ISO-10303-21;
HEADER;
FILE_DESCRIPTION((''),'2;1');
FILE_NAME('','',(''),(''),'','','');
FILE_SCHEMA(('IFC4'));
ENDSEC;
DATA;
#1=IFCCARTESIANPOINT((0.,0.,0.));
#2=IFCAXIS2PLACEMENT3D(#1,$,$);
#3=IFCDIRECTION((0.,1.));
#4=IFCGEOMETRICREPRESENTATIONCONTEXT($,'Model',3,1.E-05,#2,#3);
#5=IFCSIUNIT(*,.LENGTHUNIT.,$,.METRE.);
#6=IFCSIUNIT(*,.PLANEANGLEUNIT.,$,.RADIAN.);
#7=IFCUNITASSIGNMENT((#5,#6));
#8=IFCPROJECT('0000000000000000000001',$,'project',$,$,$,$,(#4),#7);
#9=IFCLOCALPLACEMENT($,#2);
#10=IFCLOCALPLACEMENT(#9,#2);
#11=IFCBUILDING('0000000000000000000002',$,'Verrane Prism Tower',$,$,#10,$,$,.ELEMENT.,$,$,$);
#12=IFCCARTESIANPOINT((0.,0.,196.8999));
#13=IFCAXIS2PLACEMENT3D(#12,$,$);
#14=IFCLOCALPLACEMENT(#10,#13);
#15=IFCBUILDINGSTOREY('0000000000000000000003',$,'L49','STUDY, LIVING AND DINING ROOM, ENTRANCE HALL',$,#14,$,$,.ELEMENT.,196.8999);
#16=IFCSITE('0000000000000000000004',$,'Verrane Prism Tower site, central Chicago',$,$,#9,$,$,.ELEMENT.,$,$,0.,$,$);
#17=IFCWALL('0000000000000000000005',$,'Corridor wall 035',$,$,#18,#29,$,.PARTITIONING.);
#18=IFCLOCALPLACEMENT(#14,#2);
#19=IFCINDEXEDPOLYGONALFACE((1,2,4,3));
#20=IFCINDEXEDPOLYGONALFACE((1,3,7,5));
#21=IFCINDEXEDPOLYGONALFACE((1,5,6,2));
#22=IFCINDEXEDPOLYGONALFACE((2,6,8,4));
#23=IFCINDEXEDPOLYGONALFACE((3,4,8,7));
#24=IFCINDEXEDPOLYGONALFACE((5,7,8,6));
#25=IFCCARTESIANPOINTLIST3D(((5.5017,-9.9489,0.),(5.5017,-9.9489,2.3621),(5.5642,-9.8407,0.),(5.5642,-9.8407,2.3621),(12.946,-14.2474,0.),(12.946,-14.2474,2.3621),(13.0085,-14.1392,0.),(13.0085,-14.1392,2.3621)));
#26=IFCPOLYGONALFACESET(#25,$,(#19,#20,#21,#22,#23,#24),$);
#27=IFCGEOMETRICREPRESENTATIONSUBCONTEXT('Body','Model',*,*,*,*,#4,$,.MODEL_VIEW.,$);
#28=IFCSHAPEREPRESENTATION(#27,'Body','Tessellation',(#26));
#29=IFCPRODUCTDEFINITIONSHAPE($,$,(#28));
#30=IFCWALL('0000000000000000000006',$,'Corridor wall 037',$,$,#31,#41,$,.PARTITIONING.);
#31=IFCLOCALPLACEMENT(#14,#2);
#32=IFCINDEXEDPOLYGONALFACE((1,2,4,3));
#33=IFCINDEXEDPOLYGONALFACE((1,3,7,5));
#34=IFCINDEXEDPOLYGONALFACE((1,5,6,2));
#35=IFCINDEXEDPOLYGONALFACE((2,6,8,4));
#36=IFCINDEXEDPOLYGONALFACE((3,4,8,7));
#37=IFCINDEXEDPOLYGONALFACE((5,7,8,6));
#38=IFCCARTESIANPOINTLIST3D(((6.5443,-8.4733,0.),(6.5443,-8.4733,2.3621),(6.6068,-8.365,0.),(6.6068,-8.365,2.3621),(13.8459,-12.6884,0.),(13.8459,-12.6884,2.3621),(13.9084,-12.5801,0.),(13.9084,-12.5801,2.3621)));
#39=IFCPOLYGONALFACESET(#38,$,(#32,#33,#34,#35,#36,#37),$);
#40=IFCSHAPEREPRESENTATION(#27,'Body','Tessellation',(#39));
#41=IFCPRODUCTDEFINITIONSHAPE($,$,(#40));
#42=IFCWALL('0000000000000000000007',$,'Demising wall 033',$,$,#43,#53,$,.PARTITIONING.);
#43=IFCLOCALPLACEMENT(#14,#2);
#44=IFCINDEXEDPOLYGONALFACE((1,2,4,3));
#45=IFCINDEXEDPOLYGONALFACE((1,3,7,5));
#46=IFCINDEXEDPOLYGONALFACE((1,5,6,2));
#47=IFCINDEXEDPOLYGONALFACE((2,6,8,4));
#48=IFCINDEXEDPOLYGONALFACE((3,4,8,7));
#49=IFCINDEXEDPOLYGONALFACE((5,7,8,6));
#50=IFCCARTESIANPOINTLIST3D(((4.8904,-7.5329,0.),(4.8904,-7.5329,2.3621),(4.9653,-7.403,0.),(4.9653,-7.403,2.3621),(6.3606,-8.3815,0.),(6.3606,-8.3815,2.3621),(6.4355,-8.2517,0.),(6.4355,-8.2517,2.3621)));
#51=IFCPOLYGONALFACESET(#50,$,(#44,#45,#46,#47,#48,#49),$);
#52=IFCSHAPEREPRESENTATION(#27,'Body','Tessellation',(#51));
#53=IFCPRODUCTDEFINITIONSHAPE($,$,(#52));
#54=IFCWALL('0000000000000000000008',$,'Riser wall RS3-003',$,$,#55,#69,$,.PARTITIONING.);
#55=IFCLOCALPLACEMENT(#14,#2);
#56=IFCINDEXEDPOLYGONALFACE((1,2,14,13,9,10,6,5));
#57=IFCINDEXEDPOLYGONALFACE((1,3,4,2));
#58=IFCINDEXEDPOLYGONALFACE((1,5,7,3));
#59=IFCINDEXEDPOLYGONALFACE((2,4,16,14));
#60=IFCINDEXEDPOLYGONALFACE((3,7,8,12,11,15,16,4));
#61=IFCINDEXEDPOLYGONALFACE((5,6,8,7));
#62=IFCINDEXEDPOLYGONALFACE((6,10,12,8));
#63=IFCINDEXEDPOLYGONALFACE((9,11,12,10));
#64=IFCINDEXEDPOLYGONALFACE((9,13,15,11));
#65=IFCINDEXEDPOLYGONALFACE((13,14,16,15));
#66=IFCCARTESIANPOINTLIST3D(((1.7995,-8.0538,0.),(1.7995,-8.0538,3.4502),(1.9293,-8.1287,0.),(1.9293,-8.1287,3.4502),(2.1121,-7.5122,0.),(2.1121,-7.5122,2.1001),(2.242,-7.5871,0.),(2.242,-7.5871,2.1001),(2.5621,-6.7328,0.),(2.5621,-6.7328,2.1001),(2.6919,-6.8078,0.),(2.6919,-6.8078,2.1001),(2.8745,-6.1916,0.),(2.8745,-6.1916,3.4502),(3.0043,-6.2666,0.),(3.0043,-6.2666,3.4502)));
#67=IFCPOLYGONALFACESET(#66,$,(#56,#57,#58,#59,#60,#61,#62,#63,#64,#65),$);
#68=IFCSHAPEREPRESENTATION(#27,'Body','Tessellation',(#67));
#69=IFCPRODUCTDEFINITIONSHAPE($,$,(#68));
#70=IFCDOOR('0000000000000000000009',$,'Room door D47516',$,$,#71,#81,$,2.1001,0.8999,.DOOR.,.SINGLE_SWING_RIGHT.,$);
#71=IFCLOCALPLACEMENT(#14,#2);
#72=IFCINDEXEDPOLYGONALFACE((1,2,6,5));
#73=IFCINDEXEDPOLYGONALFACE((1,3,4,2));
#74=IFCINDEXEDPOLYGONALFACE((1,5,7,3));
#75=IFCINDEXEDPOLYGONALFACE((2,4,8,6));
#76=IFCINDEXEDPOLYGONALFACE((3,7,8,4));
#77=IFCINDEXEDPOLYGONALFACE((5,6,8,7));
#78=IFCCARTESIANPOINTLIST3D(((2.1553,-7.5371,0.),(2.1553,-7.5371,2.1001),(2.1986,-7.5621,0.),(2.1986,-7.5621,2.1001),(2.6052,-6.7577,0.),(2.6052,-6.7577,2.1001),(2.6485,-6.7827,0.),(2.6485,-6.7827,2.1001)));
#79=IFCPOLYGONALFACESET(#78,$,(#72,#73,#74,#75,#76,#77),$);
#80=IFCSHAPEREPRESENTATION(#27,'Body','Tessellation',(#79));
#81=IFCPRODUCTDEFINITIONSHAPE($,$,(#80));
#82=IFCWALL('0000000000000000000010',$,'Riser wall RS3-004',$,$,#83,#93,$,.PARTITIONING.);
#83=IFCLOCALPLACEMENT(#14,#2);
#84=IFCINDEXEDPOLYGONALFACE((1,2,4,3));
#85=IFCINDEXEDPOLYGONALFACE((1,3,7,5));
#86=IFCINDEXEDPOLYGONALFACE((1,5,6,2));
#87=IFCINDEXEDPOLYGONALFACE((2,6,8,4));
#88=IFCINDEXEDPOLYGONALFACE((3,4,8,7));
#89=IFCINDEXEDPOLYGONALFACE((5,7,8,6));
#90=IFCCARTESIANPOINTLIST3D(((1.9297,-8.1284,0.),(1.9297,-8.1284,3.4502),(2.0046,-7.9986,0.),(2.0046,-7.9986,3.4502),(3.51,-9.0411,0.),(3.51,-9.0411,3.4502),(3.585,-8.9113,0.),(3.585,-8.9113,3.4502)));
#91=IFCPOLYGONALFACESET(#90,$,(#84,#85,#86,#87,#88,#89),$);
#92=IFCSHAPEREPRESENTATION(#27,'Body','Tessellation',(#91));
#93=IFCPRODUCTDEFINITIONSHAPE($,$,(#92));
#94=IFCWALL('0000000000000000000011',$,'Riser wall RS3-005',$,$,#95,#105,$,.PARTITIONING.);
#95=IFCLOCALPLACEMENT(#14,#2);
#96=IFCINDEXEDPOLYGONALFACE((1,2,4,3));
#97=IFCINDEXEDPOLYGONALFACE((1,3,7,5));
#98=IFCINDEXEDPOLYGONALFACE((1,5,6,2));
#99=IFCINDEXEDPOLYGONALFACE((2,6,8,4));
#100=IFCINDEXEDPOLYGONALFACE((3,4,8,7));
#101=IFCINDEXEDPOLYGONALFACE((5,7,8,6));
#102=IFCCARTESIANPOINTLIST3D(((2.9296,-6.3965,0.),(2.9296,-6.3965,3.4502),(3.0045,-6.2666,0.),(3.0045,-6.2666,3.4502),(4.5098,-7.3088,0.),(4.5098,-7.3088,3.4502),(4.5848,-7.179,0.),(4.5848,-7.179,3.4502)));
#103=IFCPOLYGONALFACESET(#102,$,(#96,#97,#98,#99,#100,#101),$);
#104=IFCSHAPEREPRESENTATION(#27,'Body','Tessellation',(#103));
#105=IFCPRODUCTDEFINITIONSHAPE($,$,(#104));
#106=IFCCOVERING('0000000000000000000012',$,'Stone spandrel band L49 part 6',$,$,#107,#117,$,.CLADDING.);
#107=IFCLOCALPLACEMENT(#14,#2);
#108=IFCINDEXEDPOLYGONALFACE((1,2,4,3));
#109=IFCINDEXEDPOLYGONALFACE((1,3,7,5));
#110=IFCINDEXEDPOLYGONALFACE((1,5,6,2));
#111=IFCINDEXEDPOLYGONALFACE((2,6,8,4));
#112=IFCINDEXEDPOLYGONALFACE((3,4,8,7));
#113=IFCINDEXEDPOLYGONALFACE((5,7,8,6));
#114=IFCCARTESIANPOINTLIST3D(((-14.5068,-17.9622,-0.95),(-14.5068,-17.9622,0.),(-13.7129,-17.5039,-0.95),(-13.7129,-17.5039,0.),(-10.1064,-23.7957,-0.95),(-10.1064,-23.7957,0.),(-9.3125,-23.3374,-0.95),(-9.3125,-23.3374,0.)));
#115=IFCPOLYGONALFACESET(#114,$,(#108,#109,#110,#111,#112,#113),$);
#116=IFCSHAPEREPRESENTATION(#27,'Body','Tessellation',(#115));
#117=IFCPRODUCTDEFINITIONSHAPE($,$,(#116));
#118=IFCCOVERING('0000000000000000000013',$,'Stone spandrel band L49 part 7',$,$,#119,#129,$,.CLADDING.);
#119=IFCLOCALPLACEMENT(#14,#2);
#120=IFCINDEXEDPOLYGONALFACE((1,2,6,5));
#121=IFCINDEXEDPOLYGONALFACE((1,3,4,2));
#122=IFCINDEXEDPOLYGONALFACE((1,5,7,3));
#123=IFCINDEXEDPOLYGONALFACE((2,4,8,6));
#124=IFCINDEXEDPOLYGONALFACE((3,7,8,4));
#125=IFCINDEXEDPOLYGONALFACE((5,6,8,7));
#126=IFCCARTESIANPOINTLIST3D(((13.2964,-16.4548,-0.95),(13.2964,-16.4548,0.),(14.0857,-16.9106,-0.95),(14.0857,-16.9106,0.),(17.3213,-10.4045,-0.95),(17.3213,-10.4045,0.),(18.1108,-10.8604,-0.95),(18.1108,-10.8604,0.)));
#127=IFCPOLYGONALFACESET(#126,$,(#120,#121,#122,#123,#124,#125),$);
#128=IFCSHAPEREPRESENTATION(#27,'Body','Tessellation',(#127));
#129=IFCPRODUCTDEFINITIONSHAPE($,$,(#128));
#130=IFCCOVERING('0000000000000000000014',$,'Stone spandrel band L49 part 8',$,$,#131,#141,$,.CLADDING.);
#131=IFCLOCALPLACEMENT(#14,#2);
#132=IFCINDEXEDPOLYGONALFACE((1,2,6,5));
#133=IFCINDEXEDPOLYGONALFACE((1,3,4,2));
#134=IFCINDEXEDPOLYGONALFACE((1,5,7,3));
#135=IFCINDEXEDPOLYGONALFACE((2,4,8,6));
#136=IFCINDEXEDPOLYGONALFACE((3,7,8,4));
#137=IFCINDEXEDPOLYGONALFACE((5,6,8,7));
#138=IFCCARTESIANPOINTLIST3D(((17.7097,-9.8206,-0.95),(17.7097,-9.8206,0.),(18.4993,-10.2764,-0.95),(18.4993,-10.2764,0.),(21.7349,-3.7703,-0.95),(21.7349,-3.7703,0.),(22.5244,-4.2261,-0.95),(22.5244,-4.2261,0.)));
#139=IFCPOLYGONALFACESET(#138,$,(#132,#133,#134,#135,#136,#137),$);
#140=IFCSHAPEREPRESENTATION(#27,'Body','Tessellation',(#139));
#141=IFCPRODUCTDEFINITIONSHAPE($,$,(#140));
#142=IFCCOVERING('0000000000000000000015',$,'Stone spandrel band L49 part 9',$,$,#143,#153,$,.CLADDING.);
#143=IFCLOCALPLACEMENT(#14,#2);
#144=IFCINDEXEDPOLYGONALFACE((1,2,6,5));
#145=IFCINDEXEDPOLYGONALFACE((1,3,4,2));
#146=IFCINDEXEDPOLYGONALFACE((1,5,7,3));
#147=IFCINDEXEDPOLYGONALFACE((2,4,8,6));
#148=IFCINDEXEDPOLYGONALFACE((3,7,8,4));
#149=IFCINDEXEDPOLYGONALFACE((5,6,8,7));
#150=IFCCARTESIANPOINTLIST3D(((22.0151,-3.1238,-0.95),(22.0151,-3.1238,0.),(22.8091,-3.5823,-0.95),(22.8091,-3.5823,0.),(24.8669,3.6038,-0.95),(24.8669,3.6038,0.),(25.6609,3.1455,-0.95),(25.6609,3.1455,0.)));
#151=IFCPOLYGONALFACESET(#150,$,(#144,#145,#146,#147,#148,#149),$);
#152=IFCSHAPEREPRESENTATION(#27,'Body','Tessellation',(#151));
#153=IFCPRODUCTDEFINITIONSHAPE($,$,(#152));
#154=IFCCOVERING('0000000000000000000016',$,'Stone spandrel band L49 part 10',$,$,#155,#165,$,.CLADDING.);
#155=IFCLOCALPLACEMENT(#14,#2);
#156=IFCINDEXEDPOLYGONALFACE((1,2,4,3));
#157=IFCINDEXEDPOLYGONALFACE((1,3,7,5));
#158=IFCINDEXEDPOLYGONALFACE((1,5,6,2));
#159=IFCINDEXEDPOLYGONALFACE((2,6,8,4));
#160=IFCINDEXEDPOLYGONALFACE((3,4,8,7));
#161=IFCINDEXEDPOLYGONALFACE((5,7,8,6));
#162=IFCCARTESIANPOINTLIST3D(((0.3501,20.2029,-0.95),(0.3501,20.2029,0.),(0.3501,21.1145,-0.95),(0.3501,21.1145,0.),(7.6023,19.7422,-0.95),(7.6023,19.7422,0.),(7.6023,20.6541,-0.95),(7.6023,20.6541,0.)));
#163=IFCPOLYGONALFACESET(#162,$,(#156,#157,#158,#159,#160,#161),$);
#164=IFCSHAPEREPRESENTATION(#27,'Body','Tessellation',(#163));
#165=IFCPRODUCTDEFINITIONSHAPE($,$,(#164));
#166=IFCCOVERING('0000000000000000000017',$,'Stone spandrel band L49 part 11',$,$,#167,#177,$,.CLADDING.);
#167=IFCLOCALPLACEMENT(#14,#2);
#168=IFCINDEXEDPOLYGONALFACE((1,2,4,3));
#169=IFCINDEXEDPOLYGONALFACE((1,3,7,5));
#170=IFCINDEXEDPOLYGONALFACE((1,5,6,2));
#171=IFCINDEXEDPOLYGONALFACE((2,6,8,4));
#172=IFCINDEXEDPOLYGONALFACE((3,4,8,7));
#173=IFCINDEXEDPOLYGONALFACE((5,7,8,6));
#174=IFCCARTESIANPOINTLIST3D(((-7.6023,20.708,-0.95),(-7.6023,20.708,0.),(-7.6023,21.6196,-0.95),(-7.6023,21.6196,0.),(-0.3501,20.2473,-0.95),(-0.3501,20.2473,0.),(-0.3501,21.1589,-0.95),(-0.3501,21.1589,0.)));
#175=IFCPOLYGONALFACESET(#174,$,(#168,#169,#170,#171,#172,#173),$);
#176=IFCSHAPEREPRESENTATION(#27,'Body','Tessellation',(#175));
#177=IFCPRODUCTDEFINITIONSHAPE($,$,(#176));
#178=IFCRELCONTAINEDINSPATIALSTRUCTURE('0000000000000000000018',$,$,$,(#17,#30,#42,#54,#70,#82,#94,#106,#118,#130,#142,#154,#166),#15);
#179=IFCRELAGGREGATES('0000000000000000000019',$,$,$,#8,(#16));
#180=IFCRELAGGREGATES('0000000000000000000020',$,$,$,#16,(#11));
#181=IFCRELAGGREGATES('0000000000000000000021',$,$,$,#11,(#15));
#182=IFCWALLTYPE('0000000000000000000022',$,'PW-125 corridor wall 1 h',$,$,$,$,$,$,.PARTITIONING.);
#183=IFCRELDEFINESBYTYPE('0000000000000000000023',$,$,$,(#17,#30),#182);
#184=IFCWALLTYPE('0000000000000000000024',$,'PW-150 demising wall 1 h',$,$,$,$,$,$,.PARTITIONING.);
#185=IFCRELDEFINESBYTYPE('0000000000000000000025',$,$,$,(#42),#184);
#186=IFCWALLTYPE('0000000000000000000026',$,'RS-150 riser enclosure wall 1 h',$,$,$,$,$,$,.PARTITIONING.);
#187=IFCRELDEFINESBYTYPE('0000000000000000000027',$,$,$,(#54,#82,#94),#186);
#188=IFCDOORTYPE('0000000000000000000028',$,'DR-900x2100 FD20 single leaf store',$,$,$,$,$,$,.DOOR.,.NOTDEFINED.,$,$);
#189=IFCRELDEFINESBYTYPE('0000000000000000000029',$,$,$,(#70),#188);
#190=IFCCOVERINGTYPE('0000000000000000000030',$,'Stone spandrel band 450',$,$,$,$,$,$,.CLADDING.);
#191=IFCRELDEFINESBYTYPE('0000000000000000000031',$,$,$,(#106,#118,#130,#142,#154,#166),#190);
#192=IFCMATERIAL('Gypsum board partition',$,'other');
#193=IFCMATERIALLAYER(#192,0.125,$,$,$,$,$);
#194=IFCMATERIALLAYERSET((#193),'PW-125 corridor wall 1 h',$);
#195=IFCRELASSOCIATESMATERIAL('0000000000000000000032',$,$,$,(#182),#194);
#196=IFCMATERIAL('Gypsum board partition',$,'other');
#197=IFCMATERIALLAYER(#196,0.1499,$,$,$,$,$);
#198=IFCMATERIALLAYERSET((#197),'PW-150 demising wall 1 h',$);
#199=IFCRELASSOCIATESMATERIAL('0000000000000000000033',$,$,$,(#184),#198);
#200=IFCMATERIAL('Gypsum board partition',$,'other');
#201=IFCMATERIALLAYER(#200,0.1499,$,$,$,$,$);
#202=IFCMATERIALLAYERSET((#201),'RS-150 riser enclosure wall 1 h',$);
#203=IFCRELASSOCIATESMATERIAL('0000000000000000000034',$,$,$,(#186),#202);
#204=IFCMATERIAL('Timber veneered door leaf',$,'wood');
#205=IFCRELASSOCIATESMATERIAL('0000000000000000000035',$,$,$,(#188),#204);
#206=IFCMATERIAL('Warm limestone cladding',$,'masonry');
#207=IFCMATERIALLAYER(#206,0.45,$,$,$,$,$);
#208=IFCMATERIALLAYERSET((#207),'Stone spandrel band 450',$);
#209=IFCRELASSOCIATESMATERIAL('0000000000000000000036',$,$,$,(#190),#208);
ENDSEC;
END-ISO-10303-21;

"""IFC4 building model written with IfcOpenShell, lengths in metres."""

from ifc_helpers import new_model, si_unit, direction, frame, frame_2d, origin, place, context, subcontext, project, spatial, polyline, rectangle, outline, extrude, material, layer, layer_set, type_object, element, fill, save


model = new_model("IFC4")

# Units and contexts
model_context = context("Model", 3, precision=1e-05, world=origin(), true_north=direction((0.0, 1.0)))
body_context = subcontext(model_context, "Body", "Model", "MODEL_VIEW")
ifc_project = project(units=[si_unit("LENGTHUNIT", "METRE"), si_unit("PLANEANGLEUNIT", "RADIAN")], contexts=[model_context])

# Site, building, storey
site_placement = place(None, origin())
site = spatial("IfcSite", under=ifc_project, at=site_placement, Name="Verrane Prism Tower site, central Chicago", CompositionType="ELEMENT", RefElevation=0.0)
building_placement = place(site_placement, origin())
building = spatial("IfcBuilding", under=site, at=building_placement, Name="Verrane Prism Tower", CompositionType="ELEMENT")
storey_placement = place(building_placement, frame((0.0, 0.0, 196.8999)))
storey = spatial("IfcBuildingStorey", under=building, at=storey_placement, Name="L49", Description="STUDY, LIVING AND DINING ROOM, ENTRANCE HALL", CompositionType="ELEMENT", Elevation=196.8999)

# Shared definitions
ifc_material_1 = material(Name="Gypsum board partition", Category="other")
ifc_layer_1 = layer(ifc_material_1, 0.125)
ifc_layer_set_1 = layer_set([ifc_layer_1], Name="PW-125 corridor wall 1 h")
wall_type_1 = type_object("IfcWallType", Name="PW-125 corridor wall 1 h", PredefinedType="PARTITIONING", material=ifc_layer_set_1)

# Walls
wall_1_placement = place(storey_placement, frame((5.533, -9.8948, 0.0), z_axis=(0.0, 0.0, 1.0), x_axis=(0.865995, -0.500052, 0.0)))
element("IfcWall", 1, at=wall_1_placement, inside=storey, type_object=wall_type_1, Name="Corridor wall 035", PredefinedType="PARTITIONING", context=body_context, shape_type="SweptSolid", body=[
    extrude(rectangle(XDim=8.5962, YDim=0.125, at=frame_2d((4.2981, 0.0))), origin(), (0.0, 0.0, 1.0), 2.3621),
])
wall_2_placement = place(storey_placement, frame((6.5757, -8.4192, 0.0), z_axis=(0.0, 0.0, 1.0), x_axis=(0.866048, -0.499961, 0.0)))
element("IfcWall", 2, at=wall_2_placement, inside=storey, type_object=wall_type_1, Name="Corridor wall 037", PredefinedType="PARTITIONING", context=body_context, shape_type="SweptSolid", body=[
    extrude(rectangle(XDim=8.4309, YDim=0.125, at=frame_2d((4.2153, 0.0))), origin(), (0.0, 0.0, 1.0), 2.3621),
])
ifc_material_2 = material(Name="Gypsum board partition", Category="other")
ifc_layer_2 = layer(ifc_material_2, 0.1499)
ifc_layer_set_2 = layer_set([ifc_layer_2], Name="PW-150 demising wall 1 h")
wall_type_2 = type_object("IfcWallType", Name="PW-150 demising wall 1 h", PredefinedType="PARTITIONING", material=ifc_layer_set_2)
wall_3_placement = place(storey_placement, frame((4.928, -7.468, 0.0), z_axis=(0.0, 0.0, 1.0), x_axis=(0.866075, -0.499913, 0.0)))
element("IfcWall", 3, at=wall_3_placement, inside=storey, type_object=wall_type_2, Name="Demising wall 033", PredefinedType="PARTITIONING", context=body_context, shape_type="SweptSolid", body=[
    extrude(rectangle(XDim=1.6975, YDim=0.1499, at=frame_2d((0.8486, 0.0))), origin(), (0.0, 0.0, 1.0), 2.3621),
])

# Wall, opening, door
ifc_material_3 = material(Name="Gypsum board partition", Category="other")
ifc_layer_3 = layer(ifc_material_3, 0.1499)
ifc_layer_set_3 = layer_set([ifc_layer_3], Name="RS-150 riser enclosure wall 1 h")
wall_type_3 = type_object("IfcWallType", Name="RS-150 riser enclosure wall 1 h", PredefinedType="PARTITIONING", material=ifc_layer_set_3)
wall_4_placement = place(storey_placement, frame((2.9395, -6.229, 0.0), z_axis=(0.0, 0.0, 1.0), x_axis=(-0.499962, -0.866048, 0.0)))
wall_4 = element("IfcWall", 4, at=wall_4_placement, inside=storey, type_object=wall_type_3, Name="Riser wall RS3-003", PredefinedType="PARTITIONING", context=body_context, shape_type="SweptSolid", body=[
    extrude(rectangle(XDim=2.1501, YDim=0.1499, at=frame_2d((1.0752, 0.0))), origin(), (0.0, 0.0, 1.0), 3.4502),
])
opening_1_placement = place(wall_4_placement, frame((0.625, 0.0, 0.0)))
opening_1 = element("IfcOpeningElement", 5, at=opening_1_placement, cuts=wall_4, PredefinedType="OPENING", context=body_context, shape_type="SweptSolid", body=[
    extrude(rectangle(XDim=0.8999, YDim=2.1001, at=frame_2d((0.45, 1.05))), frame((0.0, 0.085, 0.0), z_axis=(0.0, -1.0, 0.0), x_axis=(1.0, 0.0, 0.0)), (0.0, 0.0, 1.0), 0.1699),
])
ifc_material_4 = material(Name="Timber veneered door leaf", Category="wood")
door_type_1 = type_object("IfcDoorType", Name="DR-900x2100 FD20 single leaf store", OperationType="NOTDEFINED", PredefinedType="DOOR", material=ifc_material_4)
door_1_placement = place(opening_1_placement, origin())
door_1 = element("IfcDoor", 6, at=door_1_placement, inside=storey, type_object=door_type_1, Name="Room door D47516", OperationType="SINGLE_SWING_RIGHT", OverallHeight=2.1001, OverallWidth=0.8999, PredefinedType="DOOR", context=body_context, shape_type="SweptSolid", body=[
    extrude(rectangle(XDim=0.8999, YDim=2.1001, at=frame_2d((0.45, 1.05))), frame((0.0, 0.0249, 0.0), z_axis=(0.0, -1.0, 0.0), x_axis=(1.0, 0.0, 0.0)), (0.0, 0.0, 1.0), 0.05),
])
fill(opening_1, door_1)

# Walls
wall_5_placement = place(storey_placement, frame((1.967, -8.0635, 0.0), z_axis=(0.0, 0.0, 1.0), x_axis=(0.865978, -0.500081, 0.0)))
element("IfcWall", 7, at=wall_5_placement, inside=storey, type_object=wall_type_3, Name="Riser wall RS3-004", PredefinedType="PARTITIONING", context=body_context, shape_type="SweptSolid", body=[
    extrude(rectangle(XDim=1.825, YDim=0.1499, at=frame_2d((0.9126, 0.0))), origin(), (0.0, 0.0, 1.0), 3.4502),
])
wall_6_placement = place(storey_placement, frame((2.967, -6.3315, 0.0), z_axis=(0.0, 0.0, 1.0), x_axis=(0.866036, -0.499981, 0.0)))
element("IfcWall", 8, at=wall_6_placement, inside=storey, type_object=wall_type_3, Name="Riser wall RS3-005", PredefinedType="PARTITIONING", context=body_context, shape_type="SweptSolid", body=[
    extrude(rectangle(XDim=1.8247, YDim=0.1499, at=frame_2d((0.9124, 0.0))), origin(), (0.0, 0.0, 1.0), 3.4502),
])

# Coverings
ifc_material_5 = material(Name="Warm limestone cladding", Category="masonry")
ifc_layer_4 = layer(ifc_material_5, 0.45)
ifc_layer_set_4 = layer_set([ifc_layer_4], Name="Stone spandrel band 450")
covering_type = type_object("IfcCoveringType", Name="Stone spandrel band 450", PredefinedType="CLADDING", material=ifc_layer_set_4)
covering_1_placement = place(storey_placement, frame((0.0, 0.0, -0.95)))
element("IfcCovering", 9, at=covering_1_placement, inside=storey, type_object=covering_type, Name="Stone spandrel band L49 part 6", PredefinedType="CLADDING", context=body_context, shape_type="SweptSolid", body=[
    extrude(outline(polyline([(-10.1064, -23.7957), (-9.3125, -23.3374), (-13.7129, -17.5039), (-14.5068, -17.9622), (-10.1064, -23.7957)])), origin(), (0.0, 0.0, 1.0), 0.95),
])
covering_2_placement = place(storey_placement, frame((0.0, 0.0, -0.95)))
element("IfcCovering", 10, at=covering_2_placement, inside=storey, type_object=covering_type, Name="Stone spandrel band L49 part 7", PredefinedType="CLADDING", context=body_context, shape_type="SweptSolid", body=[
    extrude(outline(polyline([(18.1108, -10.8604), (17.3213, -10.4045), (13.2964, -16.4548), (14.0857, -16.9106), (18.1108, -10.8604)])), origin(), (0.0, 0.0, 1.0), 0.95),
])
covering_3_placement = place(storey_placement, frame((0.0, 0.0, -0.95)))
element("IfcCovering", 11, at=covering_3_placement, inside=storey, type_object=covering_type, Name="Stone spandrel band L49 part 8", PredefinedType="CLADDING", context=body_context, shape_type="SweptSolid", body=[
    extrude(outline(polyline([(21.7349, -3.7703), (17.7097, -9.8206), (18.4993, -10.2764), (22.5244, -4.2261), (21.7349, -3.7703)])), origin(), (0.0, 0.0, 1.0), 0.95),
])
covering_4_placement = place(storey_placement, frame((0.0, 0.0, -0.95)))
element("IfcCovering", 12, at=covering_4_placement, inside=storey, type_object=covering_type, Name="Stone spandrel band L49 part 9", PredefinedType="CLADDING", context=body_context, shape_type="SweptSolid", body=[
    extrude(outline(polyline([(25.6609, 3.1455), (24.8669, 3.6038), (22.0151, -3.1238), (22.8091, -3.5823), (25.6609, 3.1455)])), origin(), (0.0, 0.0, 1.0), 0.95),
])
covering_5_placement = place(storey_placement, frame((0.0, 0.0, -0.95)))
element("IfcCovering", 13, at=covering_5_placement, inside=storey, type_object=covering_type, Name="Stone spandrel band L49 part 10", PredefinedType="CLADDING", context=body_context, shape_type="SweptSolid", body=[
    extrude(outline(polyline([(0.3501, 20.2029), (7.6023, 19.7422), (7.6023, 20.6541), (0.3501, 21.1145), (0.3501, 20.2029)])), origin(), (0.0, 0.0, 1.0), 0.95),
])
covering_6_placement = place(storey_placement, frame((0.0, 0.0, -0.95)))
element("IfcCovering", 14, at=covering_6_placement, inside=storey, type_object=covering_type, Name="Stone spandrel band L49 part 11", PredefinedType="CLADDING", context=body_context, shape_type="SweptSolid", body=[
    extrude(outline(polyline([(-7.6023, 21.6196), (-7.6023, 20.708), (-0.3501, 20.2473), (-0.3501, 21.1589), (-7.6023, 21.6196)])), origin(), (0.0, 0.0, 1.0), 0.95),
])

save(model, "model.ifc")
